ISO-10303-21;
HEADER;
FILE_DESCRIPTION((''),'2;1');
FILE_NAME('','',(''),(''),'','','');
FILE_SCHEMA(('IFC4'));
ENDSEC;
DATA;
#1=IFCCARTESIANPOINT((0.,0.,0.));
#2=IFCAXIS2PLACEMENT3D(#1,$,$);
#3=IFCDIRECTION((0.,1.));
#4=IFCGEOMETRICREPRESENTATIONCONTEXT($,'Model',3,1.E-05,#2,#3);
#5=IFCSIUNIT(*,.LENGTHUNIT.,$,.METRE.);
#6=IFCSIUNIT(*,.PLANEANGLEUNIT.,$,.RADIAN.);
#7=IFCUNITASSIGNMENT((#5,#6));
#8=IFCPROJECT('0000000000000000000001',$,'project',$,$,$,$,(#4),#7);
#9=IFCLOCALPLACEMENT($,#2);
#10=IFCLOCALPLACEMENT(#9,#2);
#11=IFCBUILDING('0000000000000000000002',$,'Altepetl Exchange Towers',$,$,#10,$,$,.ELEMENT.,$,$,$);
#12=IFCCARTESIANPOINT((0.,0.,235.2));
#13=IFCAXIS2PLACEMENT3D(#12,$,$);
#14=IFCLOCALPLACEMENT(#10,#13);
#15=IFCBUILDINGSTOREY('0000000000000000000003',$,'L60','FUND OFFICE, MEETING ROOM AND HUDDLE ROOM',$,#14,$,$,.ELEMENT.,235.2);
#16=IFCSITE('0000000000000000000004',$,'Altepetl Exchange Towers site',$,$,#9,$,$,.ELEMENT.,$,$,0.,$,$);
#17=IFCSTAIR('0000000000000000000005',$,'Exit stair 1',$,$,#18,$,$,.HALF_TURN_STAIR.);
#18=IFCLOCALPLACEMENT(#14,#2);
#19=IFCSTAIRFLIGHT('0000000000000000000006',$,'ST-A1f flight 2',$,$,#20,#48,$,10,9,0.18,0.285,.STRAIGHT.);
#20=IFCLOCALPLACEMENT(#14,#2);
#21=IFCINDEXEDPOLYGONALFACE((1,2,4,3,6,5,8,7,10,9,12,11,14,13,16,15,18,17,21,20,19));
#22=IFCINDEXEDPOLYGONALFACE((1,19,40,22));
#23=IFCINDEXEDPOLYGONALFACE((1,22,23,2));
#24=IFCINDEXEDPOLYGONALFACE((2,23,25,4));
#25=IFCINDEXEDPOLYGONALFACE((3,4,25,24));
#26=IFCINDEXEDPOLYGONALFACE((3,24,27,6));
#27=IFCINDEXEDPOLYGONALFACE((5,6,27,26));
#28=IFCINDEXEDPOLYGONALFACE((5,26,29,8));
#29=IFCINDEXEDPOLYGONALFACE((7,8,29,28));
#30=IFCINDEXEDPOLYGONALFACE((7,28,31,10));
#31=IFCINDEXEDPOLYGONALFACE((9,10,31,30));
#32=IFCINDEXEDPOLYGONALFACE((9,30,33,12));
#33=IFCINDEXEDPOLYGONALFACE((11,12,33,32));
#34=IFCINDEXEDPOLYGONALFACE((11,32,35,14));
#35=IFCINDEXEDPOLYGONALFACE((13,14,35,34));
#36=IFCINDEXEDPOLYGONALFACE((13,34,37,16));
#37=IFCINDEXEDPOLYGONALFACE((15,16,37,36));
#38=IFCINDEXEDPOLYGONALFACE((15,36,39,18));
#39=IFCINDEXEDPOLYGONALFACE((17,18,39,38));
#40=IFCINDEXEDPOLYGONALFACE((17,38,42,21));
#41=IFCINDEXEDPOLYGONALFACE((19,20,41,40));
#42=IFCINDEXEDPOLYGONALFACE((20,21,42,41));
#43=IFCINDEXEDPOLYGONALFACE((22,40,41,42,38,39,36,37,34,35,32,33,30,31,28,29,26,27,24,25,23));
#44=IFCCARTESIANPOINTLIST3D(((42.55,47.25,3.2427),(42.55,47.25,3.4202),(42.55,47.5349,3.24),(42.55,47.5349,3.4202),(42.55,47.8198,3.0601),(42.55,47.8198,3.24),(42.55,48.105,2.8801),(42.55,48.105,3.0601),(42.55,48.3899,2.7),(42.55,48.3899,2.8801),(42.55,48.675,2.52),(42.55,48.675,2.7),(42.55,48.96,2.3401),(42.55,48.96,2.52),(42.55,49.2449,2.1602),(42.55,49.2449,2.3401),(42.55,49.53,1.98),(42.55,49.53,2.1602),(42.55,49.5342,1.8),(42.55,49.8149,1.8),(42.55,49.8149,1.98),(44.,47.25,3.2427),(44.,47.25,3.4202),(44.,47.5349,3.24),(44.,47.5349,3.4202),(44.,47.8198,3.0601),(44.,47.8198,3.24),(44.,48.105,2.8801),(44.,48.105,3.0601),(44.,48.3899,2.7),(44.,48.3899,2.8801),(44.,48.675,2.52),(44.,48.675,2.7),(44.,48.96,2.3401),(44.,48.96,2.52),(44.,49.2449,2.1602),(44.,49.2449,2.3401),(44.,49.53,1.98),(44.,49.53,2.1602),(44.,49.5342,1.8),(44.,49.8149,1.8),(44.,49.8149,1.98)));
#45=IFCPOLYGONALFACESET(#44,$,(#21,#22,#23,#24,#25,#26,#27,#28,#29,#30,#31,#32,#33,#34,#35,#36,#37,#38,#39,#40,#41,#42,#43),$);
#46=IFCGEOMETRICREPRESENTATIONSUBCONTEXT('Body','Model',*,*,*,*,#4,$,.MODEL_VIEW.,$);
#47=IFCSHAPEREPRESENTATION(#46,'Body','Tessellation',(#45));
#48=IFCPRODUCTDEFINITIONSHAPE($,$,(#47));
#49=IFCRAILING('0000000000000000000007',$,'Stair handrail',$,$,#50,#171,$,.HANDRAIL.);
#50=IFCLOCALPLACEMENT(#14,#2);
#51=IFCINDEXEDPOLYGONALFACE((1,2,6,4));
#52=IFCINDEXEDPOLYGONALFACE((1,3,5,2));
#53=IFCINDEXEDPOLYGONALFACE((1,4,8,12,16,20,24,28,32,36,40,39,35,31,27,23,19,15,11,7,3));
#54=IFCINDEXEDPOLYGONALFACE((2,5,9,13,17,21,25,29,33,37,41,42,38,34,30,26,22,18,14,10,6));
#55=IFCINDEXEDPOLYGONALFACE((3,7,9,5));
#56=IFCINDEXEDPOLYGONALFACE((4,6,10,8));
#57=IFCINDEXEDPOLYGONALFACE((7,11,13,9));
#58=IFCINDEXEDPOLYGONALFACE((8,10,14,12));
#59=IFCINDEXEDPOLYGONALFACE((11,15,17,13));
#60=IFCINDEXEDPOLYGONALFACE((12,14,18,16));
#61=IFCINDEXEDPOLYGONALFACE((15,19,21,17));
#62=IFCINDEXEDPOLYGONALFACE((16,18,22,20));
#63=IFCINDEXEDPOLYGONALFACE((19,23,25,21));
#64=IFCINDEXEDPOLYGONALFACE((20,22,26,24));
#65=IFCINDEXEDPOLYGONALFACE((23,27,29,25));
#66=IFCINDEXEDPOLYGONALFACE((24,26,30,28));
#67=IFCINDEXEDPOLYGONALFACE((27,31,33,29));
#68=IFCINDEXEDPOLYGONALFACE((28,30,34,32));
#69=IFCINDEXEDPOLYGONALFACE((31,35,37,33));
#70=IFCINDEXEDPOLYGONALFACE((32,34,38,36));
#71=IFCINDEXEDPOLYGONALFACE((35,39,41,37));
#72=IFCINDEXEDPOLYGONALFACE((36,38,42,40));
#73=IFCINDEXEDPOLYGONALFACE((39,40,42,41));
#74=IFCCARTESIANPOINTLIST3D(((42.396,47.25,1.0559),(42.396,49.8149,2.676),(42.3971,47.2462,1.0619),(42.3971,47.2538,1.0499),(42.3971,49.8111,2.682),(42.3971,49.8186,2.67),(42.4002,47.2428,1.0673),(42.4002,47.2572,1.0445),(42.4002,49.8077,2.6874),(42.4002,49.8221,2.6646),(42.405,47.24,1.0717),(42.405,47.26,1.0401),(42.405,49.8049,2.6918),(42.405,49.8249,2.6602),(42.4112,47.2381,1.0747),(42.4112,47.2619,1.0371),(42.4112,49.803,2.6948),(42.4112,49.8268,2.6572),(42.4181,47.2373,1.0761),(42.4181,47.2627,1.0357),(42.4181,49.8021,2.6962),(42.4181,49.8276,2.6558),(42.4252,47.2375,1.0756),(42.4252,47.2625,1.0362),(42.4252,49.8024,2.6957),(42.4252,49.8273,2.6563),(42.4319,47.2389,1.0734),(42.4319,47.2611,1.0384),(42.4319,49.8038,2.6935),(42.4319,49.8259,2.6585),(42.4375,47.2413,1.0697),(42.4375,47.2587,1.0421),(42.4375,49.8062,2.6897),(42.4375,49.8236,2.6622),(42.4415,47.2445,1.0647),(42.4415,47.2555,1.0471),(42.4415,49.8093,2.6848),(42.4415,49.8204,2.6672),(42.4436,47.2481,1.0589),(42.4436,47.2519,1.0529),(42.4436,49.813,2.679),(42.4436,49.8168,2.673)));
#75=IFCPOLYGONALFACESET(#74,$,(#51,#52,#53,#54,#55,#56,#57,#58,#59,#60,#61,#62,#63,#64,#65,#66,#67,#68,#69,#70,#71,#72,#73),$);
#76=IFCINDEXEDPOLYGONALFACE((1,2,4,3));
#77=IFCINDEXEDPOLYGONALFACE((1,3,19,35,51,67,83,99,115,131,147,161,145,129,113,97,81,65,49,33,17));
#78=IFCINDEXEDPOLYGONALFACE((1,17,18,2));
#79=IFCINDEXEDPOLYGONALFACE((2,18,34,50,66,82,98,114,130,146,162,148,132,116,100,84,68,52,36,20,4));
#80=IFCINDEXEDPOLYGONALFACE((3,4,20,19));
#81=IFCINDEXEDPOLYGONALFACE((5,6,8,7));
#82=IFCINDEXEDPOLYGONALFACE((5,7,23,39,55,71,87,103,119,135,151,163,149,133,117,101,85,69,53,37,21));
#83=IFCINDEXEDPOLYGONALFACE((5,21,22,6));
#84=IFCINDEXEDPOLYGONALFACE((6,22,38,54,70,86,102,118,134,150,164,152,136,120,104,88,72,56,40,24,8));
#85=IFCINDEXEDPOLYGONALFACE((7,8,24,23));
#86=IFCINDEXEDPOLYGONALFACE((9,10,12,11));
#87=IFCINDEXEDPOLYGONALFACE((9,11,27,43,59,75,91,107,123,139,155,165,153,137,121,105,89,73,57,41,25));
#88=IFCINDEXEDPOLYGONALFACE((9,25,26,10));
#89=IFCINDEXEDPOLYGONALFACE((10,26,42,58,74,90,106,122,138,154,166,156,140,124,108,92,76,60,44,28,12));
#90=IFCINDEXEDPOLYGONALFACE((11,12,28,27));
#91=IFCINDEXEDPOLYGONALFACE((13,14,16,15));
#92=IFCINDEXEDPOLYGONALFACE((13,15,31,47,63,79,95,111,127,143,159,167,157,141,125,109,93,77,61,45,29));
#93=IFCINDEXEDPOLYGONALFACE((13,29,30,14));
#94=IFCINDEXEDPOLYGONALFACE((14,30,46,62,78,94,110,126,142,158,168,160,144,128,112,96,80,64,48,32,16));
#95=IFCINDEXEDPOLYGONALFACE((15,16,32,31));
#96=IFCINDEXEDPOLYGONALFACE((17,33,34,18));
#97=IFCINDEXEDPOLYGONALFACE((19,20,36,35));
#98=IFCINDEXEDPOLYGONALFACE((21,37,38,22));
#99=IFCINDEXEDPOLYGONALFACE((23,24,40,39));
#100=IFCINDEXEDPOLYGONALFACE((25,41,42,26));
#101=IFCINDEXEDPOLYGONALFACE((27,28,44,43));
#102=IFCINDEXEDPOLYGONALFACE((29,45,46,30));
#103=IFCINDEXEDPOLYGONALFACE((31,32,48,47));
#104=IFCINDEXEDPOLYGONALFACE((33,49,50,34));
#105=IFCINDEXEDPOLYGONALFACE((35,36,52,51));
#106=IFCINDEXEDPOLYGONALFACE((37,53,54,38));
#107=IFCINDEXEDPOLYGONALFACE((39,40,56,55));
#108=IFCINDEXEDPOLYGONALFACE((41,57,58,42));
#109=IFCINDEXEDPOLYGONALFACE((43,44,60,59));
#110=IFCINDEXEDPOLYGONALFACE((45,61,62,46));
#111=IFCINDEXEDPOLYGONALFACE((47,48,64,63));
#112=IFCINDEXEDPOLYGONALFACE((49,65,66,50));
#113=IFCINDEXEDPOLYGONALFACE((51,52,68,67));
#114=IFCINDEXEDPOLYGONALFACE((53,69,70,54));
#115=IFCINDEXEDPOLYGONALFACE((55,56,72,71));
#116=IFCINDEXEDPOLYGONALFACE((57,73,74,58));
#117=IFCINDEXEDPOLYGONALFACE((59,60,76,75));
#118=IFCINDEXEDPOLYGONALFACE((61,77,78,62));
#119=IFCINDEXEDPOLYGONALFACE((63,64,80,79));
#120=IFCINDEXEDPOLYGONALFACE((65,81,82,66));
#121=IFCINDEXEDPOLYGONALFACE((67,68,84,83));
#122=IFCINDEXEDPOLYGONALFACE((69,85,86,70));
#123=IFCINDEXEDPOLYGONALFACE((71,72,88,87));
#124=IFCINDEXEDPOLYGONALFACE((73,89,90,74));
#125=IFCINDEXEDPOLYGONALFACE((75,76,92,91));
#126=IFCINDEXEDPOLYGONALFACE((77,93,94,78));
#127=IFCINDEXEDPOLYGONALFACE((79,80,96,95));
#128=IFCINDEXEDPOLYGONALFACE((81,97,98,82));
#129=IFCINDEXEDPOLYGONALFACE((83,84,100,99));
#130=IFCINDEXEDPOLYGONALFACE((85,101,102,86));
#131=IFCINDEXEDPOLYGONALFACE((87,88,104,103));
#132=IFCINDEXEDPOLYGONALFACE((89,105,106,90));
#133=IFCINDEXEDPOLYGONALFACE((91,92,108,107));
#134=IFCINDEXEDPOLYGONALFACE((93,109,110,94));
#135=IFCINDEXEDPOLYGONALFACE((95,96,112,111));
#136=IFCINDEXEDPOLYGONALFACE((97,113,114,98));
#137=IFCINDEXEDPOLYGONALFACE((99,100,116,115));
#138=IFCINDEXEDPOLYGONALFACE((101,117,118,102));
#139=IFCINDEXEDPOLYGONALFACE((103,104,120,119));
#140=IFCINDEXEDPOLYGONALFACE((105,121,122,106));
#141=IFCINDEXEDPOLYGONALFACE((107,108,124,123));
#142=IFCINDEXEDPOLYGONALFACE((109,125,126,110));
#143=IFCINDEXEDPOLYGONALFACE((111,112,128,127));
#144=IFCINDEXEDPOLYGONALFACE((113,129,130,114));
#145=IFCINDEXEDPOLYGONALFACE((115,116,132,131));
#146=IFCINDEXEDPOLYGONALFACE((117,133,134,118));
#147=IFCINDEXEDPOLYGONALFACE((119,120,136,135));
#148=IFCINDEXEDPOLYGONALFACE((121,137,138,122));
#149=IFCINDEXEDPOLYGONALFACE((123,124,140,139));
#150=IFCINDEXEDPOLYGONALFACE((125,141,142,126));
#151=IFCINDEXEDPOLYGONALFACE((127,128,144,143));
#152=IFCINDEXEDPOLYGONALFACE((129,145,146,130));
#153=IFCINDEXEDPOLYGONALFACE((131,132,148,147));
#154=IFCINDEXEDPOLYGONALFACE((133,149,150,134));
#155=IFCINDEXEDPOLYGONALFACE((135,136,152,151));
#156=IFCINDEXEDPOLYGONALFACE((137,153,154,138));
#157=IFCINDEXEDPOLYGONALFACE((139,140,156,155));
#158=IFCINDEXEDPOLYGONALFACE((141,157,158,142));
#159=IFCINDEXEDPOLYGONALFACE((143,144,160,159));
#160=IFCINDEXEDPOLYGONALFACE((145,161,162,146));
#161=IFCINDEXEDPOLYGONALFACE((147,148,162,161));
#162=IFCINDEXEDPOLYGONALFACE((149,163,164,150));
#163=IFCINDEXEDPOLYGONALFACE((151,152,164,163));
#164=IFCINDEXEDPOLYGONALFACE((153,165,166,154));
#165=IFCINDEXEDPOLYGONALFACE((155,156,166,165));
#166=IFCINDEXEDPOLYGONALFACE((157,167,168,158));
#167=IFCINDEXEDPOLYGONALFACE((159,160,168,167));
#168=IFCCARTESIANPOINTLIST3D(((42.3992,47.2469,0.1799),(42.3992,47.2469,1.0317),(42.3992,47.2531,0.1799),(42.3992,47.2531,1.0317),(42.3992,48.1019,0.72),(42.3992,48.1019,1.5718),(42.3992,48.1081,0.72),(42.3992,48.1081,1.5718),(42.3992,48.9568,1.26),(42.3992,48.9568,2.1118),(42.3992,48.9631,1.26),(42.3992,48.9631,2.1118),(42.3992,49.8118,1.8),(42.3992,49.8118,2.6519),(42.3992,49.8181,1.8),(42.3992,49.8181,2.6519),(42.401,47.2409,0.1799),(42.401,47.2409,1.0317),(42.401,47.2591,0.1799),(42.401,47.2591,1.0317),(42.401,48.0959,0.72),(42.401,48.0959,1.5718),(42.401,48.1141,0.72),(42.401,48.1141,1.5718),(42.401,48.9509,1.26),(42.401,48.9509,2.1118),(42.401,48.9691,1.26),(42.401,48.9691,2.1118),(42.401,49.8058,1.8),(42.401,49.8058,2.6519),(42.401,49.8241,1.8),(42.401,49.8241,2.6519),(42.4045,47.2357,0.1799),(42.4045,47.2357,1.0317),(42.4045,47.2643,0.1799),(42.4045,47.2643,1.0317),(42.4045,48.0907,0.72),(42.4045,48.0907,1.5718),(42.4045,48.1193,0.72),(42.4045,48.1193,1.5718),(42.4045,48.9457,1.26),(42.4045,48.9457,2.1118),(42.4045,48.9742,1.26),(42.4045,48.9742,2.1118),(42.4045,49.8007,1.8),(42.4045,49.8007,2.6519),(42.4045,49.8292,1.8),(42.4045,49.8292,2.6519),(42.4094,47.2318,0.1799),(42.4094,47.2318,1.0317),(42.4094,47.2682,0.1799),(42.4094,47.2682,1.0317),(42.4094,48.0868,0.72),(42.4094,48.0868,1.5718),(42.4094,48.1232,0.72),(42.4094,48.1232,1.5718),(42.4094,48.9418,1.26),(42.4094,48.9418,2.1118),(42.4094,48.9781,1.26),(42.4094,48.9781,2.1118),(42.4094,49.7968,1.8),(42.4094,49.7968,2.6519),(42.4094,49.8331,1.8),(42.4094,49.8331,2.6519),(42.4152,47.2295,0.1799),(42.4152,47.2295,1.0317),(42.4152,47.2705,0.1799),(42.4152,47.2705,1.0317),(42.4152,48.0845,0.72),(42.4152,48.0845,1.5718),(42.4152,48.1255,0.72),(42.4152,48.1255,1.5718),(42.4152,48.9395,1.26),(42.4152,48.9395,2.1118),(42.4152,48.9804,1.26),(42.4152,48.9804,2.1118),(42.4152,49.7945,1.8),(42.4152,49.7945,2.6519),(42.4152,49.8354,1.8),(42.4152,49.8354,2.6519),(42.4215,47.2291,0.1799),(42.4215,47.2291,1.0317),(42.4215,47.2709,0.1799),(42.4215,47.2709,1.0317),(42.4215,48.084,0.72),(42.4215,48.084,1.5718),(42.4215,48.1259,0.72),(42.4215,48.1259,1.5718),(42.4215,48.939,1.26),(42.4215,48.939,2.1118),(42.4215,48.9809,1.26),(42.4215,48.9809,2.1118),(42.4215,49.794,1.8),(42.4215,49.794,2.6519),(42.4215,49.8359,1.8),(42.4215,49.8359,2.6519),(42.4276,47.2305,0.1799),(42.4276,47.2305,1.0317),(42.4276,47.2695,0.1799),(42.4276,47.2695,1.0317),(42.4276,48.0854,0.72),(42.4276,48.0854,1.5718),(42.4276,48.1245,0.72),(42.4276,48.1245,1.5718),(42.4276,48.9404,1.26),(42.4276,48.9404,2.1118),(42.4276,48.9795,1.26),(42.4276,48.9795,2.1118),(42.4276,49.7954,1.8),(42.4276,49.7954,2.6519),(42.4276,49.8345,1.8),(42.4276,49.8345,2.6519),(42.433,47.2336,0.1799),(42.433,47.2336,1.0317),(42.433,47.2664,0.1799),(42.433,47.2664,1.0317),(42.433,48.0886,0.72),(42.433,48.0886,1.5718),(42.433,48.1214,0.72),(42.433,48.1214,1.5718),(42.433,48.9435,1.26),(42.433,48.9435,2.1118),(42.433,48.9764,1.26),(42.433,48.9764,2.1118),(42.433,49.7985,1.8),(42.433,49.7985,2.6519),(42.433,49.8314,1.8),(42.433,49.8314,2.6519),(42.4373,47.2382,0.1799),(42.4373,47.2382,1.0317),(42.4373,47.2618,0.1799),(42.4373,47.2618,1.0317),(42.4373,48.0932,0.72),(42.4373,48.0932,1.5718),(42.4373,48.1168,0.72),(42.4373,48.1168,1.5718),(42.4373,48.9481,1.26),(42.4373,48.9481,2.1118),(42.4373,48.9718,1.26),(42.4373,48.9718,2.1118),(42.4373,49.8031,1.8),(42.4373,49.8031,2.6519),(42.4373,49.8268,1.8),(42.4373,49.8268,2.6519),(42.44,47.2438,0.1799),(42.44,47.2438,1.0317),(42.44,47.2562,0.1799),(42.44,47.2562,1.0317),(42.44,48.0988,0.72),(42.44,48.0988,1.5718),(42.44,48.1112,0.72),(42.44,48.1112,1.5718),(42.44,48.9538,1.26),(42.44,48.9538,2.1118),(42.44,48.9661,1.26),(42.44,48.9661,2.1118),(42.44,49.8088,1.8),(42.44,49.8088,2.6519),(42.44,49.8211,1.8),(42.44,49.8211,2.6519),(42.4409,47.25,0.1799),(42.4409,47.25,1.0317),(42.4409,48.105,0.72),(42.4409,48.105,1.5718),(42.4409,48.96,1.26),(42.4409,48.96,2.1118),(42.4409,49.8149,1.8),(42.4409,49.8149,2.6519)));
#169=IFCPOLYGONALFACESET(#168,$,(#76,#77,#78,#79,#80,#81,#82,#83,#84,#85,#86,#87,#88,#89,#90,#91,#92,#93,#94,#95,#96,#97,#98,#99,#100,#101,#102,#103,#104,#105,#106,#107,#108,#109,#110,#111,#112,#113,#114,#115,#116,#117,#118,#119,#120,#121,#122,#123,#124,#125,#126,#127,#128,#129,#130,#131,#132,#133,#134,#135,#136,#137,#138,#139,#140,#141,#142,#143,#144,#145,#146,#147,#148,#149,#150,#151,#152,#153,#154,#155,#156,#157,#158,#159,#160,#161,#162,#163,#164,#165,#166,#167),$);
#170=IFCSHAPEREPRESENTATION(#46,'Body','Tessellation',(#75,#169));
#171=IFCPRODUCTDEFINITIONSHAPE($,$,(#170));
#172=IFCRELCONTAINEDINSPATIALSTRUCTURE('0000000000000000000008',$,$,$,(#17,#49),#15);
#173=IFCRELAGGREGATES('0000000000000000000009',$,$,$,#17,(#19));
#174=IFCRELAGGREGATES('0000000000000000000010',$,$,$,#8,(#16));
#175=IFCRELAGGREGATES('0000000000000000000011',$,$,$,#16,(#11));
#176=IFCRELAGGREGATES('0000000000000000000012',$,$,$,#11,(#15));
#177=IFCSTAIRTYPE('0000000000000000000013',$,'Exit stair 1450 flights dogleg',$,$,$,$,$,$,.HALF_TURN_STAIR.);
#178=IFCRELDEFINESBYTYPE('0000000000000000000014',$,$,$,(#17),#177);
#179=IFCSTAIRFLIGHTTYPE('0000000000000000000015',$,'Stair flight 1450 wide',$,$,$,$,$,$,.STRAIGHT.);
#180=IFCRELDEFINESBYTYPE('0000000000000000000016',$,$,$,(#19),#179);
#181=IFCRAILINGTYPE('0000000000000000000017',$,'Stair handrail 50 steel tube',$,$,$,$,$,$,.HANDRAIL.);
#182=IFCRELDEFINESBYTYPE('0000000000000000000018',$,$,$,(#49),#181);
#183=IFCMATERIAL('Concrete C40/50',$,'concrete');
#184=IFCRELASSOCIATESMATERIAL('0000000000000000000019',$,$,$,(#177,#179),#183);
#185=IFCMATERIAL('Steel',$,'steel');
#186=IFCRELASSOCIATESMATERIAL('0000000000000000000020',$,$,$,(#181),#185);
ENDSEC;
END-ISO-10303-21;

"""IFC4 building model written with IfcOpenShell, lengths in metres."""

from ifc_helpers import new_model, si_unit, direction, frame, origin, origin_2d, place, context, subcontext, project, spatial, polyline, circle, outline, extrude, source, transform, mapped, material, type_object, element, aggregate, save


model = new_model("IFC4")

# Units and contexts
model_context = context("Model", 3, precision=1e-05, world=origin(), true_north=direction((0.0, 1.0)))
body_context = subcontext(model_context, "Body", "Model", "MODEL_VIEW")
ifc_project = project(units=[si_unit("LENGTHUNIT", "METRE"), si_unit("PLANEANGLEUNIT", "RADIAN")], contexts=[model_context])

# Site, building, storey
site_placement = place(None, origin())
site = spatial("IfcSite", under=ifc_project, at=site_placement, Name="Altepetl Exchange Towers site", CompositionType="ELEMENT", RefElevation=0.0)
building_placement = place(site_placement, origin())
building = spatial("IfcBuilding", under=site, at=building_placement, Name="Altepetl Exchange Towers", CompositionType="ELEMENT")
storey_placement = place(building_placement, frame((0.0, 0.0, 235.2)))
storey = spatial("IfcBuildingStorey", under=building, at=storey_placement, Name="L60", Description="FUND OFFICE, MEETING ROOM AND HUDDLE ROOM", CompositionType="ELEMENT", Elevation=235.2)

# Shared definitions
ifc_material_1 = material(Name="Concrete C40/50", Category="concrete")

# Stair, stair flight
stair_type = type_object("IfcStairType", Name="Exit stair 1450 flights dogleg", PredefinedType="HALF_TURN_STAIR", material=ifc_material_1)
stair_placement = place(storey_placement, origin())
stair = element("IfcStair", 1, at=stair_placement, inside=storey, type_object=stair_type, Name="Exit stair 1", PredefinedType="HALF_TURN_STAIR")
stair_flight_type = type_object("IfcStairFlightType", Name="Stair flight 1450 wide", PredefinedType="STRAIGHT", material=ifc_material_1)
stair_flight_1_placement = place(storey_placement, frame((43.2749, 49.8149, 1.8), z_axis=(0.0, 0.0, 1.0), x_axis=(0.0, -1.0, 0.0)))
stair_flight_1 = element("IfcStairFlight", 2, at=stair_flight_1_placement, type_object=stair_flight_type, Name="ST-A1f flight 2", NumberOfRisers=10, NumberOfTreads=9, PredefinedType="STRAIGHT", RiserHeight=0.18, TreadLength=0.285, context=body_context, shape_type="SweptSolid", body=[
    extrude(outline(polyline([(0.0, 0.0), (0.0, 0.1799), (0.2849, 0.1799), (0.2849, 0.3601), (0.5701, 0.3601), (0.5701, 0.54), (0.855, 0.54), (0.855, 0.72), (1.1399, 0.72), (1.1399, 0.8999), (1.425, 0.8999), (1.425, 1.0801), (1.71, 1.0801), (1.71, 1.26), (1.9951, 1.26), (1.9951, 1.4399), (2.28, 1.4399), (2.28, 1.6201), (2.5649, 1.6201), (2.5649, 1.8), (2.5649, 1.4426), (0.2808, 0.0), (0.0, 0.0)])), frame((0.0, 0.7251, 0.0), z_axis=(0.0, -1.0, 0.0), x_axis=(1.0, 0.0, 0.0)), (0.0, 0.0, 1.0), 1.45),
])
aggregate(stair, [stair_flight_1])

# Railing
ifc_material_2 = material(Name="Steel", Category="steel")
railing_type = type_object("IfcRailingType", Name="Stair handrail 50 steel tube", PredefinedType="HANDRAIL", material=ifc_material_2)
shared_shape = source(origin(), body_context, "Body", "SweptSolid", [
    extrude(circle(Radius=0.021, at=origin_2d()), origin(), (0.0, 0.0, 1.0), 0.8518),
])
railing_1_placement = place(storey_placement, frame((42.4199, 47.25, 0.1799)))
element("IfcRailing", 3, at=railing_1_placement, inside=storey, type_object=railing_type, Name="Stair handrail", PredefinedType="HANDRAIL", context=body_context, shape_type="SweptSolid", body=[
    extrude(circle(Radius=0.0239, at=origin_2d()), frame((0.0, 0.0, 0.876), z_axis=(0.0, 0.845466, 0.534029), x_axis=(-1.0, 0.0, 0.0)), (0.0, 0.0, 1.0), 3.0337),
    mapped(shared_shape, transform((0.0, 0.0, 0.0))),
    mapped(shared_shape, transform((0.0, 0.855, 0.54))),
    mapped(shared_shape, transform((0.0, 1.71, 1.0801))),
    mapped(shared_shape, transform((0.0, 2.5649, 1.6201))),
])

save(model, "model.ifc")
